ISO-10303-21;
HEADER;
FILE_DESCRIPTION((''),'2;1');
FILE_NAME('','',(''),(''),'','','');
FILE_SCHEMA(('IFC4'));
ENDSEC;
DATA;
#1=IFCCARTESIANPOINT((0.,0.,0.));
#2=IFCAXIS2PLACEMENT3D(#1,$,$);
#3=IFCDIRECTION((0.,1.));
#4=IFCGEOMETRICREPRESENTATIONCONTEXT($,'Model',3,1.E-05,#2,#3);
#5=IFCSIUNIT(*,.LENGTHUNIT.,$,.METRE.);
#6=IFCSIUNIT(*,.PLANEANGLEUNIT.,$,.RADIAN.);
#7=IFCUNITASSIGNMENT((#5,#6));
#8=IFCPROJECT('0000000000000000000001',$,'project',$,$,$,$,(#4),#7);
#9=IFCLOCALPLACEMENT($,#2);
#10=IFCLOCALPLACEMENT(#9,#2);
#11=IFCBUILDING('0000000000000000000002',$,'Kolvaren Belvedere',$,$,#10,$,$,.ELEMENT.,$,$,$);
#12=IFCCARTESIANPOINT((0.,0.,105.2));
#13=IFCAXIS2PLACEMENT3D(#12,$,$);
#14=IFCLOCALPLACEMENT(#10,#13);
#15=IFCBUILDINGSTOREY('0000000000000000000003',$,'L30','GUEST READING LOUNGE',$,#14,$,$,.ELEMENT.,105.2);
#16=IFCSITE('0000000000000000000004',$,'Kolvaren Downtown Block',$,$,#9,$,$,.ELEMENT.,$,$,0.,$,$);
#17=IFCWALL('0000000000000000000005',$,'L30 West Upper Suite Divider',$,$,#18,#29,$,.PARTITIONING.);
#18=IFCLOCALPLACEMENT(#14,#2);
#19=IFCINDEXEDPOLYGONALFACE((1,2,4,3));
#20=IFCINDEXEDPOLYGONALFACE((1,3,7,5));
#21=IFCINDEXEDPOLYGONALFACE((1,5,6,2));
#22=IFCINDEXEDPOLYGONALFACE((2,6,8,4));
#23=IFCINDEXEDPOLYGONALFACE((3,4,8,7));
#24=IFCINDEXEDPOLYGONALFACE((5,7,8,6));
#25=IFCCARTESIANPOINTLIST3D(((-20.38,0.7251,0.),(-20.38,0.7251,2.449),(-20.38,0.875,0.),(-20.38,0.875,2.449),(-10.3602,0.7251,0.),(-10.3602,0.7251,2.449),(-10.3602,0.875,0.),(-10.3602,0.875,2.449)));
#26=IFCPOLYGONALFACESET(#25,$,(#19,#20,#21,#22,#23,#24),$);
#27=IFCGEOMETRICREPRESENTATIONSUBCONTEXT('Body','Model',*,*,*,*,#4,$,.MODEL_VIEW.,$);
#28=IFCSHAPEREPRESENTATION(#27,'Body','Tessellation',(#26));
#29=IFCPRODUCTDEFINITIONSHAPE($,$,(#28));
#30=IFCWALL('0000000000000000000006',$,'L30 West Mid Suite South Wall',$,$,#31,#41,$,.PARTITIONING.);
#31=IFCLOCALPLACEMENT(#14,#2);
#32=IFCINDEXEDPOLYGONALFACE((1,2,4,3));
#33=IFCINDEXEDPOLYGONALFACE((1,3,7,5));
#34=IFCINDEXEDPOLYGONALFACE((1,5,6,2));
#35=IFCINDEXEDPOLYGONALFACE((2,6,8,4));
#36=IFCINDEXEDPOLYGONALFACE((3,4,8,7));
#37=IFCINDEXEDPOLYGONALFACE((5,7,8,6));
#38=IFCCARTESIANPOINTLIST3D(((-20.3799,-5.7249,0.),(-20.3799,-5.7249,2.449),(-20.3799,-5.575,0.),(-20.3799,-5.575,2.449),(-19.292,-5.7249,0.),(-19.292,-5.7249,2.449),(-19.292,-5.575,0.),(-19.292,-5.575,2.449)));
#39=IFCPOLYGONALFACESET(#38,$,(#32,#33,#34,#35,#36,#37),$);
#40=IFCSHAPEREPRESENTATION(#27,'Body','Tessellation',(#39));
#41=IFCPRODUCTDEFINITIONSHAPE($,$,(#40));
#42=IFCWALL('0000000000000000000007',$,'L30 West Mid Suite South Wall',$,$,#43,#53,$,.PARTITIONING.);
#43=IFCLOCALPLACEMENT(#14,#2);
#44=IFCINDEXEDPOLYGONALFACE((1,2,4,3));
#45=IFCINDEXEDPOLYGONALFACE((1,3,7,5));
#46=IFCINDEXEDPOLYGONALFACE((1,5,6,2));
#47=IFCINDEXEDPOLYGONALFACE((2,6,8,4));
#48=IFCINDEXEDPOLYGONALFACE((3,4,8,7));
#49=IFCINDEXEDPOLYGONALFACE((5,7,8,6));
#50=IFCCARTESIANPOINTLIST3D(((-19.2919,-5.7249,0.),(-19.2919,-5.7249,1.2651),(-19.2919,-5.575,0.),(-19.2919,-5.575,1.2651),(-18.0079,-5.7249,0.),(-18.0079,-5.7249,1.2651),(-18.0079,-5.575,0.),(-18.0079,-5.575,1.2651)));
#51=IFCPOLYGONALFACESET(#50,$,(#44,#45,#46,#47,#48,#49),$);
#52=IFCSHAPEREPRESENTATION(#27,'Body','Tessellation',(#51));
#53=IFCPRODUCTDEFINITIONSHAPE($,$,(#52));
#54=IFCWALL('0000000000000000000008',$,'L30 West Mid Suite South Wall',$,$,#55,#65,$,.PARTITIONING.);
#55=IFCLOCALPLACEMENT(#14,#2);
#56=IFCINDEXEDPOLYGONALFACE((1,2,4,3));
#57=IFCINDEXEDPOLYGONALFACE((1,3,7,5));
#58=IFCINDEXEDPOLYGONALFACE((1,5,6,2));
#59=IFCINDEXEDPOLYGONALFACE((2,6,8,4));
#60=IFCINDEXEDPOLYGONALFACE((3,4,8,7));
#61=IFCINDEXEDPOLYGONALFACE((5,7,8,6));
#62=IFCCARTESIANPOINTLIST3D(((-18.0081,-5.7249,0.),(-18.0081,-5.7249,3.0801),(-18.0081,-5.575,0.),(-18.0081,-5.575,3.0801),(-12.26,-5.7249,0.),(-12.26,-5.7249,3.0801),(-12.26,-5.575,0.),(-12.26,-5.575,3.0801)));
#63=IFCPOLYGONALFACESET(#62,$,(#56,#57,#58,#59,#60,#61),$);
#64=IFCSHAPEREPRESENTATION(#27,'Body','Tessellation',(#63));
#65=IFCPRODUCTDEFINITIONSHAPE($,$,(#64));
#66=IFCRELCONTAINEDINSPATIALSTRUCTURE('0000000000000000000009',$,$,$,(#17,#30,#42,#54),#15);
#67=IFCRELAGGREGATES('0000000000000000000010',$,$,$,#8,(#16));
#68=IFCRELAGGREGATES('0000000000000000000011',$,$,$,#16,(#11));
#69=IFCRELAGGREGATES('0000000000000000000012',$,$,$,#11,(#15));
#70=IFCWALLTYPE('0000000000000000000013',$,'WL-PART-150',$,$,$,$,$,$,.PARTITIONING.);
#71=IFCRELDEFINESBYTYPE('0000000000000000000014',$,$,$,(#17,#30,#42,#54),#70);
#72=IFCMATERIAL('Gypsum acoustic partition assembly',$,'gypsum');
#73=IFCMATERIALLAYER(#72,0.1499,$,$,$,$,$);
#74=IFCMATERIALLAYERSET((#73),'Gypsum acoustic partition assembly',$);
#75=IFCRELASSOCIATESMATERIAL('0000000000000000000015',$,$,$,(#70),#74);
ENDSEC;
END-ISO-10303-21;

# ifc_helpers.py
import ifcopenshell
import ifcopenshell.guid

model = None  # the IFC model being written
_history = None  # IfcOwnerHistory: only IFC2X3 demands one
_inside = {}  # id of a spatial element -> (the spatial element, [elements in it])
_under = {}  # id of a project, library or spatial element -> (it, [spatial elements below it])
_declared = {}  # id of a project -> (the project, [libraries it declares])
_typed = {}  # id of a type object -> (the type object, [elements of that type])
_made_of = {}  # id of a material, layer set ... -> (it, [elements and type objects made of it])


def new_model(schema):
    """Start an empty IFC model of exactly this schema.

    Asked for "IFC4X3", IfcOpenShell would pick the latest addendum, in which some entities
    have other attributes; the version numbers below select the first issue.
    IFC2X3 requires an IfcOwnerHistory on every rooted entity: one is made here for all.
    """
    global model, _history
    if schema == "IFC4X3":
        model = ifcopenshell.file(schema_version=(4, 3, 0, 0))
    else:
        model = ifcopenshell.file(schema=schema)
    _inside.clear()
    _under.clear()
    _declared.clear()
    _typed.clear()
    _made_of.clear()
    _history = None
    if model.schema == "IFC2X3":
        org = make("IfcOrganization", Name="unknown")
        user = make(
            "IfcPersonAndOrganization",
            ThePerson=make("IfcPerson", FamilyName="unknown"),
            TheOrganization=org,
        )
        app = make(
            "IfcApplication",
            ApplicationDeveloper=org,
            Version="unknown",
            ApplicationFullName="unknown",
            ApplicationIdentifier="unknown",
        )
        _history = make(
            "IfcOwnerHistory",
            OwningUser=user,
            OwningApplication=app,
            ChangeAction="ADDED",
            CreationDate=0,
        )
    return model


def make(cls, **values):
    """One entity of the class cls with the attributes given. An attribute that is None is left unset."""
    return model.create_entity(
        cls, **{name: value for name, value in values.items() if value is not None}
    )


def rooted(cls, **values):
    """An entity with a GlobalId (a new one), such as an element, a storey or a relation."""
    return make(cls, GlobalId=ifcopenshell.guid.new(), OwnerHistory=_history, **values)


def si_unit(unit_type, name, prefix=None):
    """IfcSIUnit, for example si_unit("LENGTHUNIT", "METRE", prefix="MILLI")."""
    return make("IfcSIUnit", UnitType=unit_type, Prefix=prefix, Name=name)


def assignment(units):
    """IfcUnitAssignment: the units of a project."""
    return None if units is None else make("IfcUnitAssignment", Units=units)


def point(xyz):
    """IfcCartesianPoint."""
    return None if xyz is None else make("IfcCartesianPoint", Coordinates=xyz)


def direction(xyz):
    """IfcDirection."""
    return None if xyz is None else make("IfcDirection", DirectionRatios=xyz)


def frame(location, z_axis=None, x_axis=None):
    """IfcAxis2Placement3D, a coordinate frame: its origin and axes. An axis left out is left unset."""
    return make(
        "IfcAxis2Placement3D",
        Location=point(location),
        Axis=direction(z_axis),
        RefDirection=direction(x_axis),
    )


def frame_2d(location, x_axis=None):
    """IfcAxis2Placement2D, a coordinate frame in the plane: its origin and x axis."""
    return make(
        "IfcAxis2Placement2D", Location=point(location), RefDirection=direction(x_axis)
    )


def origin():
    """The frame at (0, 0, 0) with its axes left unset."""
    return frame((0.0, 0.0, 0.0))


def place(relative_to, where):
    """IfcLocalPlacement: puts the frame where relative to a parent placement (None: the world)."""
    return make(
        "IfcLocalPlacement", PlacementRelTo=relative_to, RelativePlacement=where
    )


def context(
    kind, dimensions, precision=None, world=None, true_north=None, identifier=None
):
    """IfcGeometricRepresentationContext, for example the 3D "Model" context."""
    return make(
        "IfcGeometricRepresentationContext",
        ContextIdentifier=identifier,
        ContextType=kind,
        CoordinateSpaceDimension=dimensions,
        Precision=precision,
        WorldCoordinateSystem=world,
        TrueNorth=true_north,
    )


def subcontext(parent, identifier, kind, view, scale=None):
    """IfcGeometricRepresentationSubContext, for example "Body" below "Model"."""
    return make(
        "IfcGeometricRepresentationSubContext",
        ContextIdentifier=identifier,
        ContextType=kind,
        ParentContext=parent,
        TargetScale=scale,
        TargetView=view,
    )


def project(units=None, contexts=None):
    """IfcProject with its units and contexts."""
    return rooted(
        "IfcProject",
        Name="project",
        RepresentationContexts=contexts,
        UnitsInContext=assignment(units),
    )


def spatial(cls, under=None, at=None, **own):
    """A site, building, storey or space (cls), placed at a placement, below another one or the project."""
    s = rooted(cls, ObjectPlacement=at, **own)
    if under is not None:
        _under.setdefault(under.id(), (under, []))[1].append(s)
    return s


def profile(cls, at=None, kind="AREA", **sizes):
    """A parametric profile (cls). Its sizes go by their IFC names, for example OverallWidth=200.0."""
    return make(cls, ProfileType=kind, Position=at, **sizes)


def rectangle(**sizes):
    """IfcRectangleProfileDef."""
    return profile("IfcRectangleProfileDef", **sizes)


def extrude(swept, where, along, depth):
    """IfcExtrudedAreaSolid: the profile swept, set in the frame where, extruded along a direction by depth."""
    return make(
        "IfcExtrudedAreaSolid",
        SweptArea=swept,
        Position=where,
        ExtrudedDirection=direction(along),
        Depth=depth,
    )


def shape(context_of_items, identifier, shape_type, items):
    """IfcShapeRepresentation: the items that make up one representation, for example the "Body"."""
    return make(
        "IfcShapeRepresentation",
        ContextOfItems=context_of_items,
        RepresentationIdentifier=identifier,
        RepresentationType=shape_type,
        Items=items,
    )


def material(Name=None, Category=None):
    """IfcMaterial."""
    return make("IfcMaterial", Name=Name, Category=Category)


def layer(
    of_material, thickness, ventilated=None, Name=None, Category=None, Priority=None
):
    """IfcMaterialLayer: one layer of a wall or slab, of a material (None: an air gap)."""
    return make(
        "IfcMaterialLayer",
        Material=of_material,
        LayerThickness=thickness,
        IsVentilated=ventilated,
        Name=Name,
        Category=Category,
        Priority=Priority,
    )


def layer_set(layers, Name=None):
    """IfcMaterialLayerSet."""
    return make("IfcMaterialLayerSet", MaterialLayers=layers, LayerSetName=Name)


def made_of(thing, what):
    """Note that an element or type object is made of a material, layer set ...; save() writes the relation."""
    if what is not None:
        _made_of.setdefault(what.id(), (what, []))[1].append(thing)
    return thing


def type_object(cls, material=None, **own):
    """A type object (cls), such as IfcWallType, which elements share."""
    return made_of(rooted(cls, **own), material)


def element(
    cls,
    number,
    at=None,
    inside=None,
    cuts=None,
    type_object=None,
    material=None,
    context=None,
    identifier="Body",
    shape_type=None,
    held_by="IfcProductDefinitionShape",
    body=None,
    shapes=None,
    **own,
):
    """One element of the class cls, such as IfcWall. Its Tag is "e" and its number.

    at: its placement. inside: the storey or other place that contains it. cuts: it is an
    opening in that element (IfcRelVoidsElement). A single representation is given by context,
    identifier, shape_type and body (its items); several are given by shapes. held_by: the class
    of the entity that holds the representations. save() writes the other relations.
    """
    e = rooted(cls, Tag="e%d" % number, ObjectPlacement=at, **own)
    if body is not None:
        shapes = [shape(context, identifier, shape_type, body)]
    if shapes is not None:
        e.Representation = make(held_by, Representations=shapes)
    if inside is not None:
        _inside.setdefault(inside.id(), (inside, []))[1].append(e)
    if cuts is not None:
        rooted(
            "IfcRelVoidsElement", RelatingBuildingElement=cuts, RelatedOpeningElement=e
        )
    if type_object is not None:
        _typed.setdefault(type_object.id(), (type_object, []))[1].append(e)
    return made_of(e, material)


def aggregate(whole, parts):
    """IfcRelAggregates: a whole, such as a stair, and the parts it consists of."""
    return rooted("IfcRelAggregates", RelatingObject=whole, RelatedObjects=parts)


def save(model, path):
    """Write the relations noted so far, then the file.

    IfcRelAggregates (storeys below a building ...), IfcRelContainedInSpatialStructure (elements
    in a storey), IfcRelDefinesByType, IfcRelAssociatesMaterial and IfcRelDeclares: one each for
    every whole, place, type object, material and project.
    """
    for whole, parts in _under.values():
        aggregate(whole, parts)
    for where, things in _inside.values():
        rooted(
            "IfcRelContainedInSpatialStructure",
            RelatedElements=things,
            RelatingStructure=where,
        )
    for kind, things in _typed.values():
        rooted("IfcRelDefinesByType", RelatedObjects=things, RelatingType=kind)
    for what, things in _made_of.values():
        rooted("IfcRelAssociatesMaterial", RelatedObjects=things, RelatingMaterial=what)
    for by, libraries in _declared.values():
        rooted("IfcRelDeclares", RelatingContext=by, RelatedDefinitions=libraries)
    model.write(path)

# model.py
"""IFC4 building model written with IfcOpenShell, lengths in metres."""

from ifc_helpers import new_model, si_unit, direction, frame, frame_2d, origin, place, context, subcontext, project, spatial, rectangle, extrude, material, layer, layer_set, type_object, element, save


model = new_model("IFC4")

# Units and contexts
model_context = context("Model", 3, precision=1e-05, world=origin(), true_north=direction((0.0, 1.0)))
body_context = subcontext(model_context, "Body", "Model", "MODEL_VIEW")
ifc_project = project(units=[si_unit("LENGTHUNIT", "METRE"), si_unit("PLANEANGLEUNIT", "RADIAN")], contexts=[model_context])

# Site, building, storey
site_placement = place(None, origin())
site = spatial("IfcSite", under=ifc_project, at=site_placement, Name="Kolvaren Downtown Block", CompositionType="ELEMENT", RefElevation=0.0)
building_placement = place(site_placement, origin())
building = spatial("IfcBuilding", under=site, at=building_placement, Name="Kolvaren Belvedere", CompositionType="ELEMENT")
storey_placement = place(building_placement, frame((0.0, 0.0, 105.2)))
storey = spatial("IfcBuildingStorey", under=building, at=storey_placement, Name="L30", Description="GUEST READING LOUNGE", CompositionType="ELEMENT", Elevation=105.2)

# Walls
ifc_material_1 = material(Name="Gypsum acoustic partition assembly", Category="gypsum")
ifc_layer_1 = layer(ifc_material_1, 0.1499)
ifc_layer_set_1 = layer_set([ifc_layer_1], Name="Gypsum acoustic partition assembly")
wall_type_1 = type_object("IfcWallType", Name="WL-PART-150", PredefinedType="PARTITIONING", material=ifc_layer_set_1)
wall_1_placement = place(storey_placement, frame((-20.3799, 0.8, 0.0), z_axis=(0.0, 0.0, 1.0), x_axis=(1.0, 0.0, 0.0)))
element("IfcWall", 1, at=wall_1_placement, inside=storey, type_object=wall_type_1, Name="L30 West Upper Suite Divider", PredefinedType="PARTITIONING", context=body_context, shape_type="SweptSolid", body=[
    extrude(rectangle(XDim=10.0198, YDim=0.1499, at=frame_2d((5.0098, 0.0))), origin(), (0.0, 0.0, 1.0), 2.449),
])
wall_2_placement = place(storey_placement, frame((-20.3799, -5.6499, 0.0), z_axis=(0.0, 0.0, 1.0), x_axis=(1.0, 0.0, 0.0)))
element("IfcWall", 2, at=wall_2_placement, inside=storey, type_object=wall_type_1, Name="L30 West Mid Suite South Wall", PredefinedType="PARTITIONING", context=body_context, shape_type="SweptSolid", body=[
    extrude(rectangle(XDim=1.0879, YDim=0.1499, at=frame_2d((0.5439, 0.0))), origin(), (0.0, 0.0, 1.0), 2.449),
])
wall_3_placement = place(storey_placement, frame((-19.292, -5.6499, 0.0), z_axis=(0.0, 0.0, 1.0), x_axis=(1.0, 0.0, 0.0)))
element("IfcWall", 3, at=wall_3_placement, inside=storey, type_object=wall_type_1, Name="L30 West Mid Suite South Wall", PredefinedType="PARTITIONING", context=body_context, shape_type="SweptSolid", body=[
    extrude(rectangle(XDim=1.2839, YDim=0.1499, at=frame_2d((0.6421, 0.0))), origin(), (0.0, 0.0, 1.0), 1.2651),
])
wall_4_placement = place(storey_placement, frame((-18.0081, -5.6499, 0.0), z_axis=(0.0, 0.0, 1.0), x_axis=(1.0, 0.0, 0.0)))
element("IfcWall", 4, at=wall_4_placement, inside=storey, type_object=wall_type_1, Name="L30 West Mid Suite South Wall", PredefinedType="PARTITIONING", context=body_context, shape_type="SweptSolid", body=[
    extrude(rectangle(XDim=5.748, YDim=0.1499, at=frame_2d((2.874, 0.0))), origin(), (0.0, 0.0, 1.0), 3.0801),
])

save(model, "model.ifc")
